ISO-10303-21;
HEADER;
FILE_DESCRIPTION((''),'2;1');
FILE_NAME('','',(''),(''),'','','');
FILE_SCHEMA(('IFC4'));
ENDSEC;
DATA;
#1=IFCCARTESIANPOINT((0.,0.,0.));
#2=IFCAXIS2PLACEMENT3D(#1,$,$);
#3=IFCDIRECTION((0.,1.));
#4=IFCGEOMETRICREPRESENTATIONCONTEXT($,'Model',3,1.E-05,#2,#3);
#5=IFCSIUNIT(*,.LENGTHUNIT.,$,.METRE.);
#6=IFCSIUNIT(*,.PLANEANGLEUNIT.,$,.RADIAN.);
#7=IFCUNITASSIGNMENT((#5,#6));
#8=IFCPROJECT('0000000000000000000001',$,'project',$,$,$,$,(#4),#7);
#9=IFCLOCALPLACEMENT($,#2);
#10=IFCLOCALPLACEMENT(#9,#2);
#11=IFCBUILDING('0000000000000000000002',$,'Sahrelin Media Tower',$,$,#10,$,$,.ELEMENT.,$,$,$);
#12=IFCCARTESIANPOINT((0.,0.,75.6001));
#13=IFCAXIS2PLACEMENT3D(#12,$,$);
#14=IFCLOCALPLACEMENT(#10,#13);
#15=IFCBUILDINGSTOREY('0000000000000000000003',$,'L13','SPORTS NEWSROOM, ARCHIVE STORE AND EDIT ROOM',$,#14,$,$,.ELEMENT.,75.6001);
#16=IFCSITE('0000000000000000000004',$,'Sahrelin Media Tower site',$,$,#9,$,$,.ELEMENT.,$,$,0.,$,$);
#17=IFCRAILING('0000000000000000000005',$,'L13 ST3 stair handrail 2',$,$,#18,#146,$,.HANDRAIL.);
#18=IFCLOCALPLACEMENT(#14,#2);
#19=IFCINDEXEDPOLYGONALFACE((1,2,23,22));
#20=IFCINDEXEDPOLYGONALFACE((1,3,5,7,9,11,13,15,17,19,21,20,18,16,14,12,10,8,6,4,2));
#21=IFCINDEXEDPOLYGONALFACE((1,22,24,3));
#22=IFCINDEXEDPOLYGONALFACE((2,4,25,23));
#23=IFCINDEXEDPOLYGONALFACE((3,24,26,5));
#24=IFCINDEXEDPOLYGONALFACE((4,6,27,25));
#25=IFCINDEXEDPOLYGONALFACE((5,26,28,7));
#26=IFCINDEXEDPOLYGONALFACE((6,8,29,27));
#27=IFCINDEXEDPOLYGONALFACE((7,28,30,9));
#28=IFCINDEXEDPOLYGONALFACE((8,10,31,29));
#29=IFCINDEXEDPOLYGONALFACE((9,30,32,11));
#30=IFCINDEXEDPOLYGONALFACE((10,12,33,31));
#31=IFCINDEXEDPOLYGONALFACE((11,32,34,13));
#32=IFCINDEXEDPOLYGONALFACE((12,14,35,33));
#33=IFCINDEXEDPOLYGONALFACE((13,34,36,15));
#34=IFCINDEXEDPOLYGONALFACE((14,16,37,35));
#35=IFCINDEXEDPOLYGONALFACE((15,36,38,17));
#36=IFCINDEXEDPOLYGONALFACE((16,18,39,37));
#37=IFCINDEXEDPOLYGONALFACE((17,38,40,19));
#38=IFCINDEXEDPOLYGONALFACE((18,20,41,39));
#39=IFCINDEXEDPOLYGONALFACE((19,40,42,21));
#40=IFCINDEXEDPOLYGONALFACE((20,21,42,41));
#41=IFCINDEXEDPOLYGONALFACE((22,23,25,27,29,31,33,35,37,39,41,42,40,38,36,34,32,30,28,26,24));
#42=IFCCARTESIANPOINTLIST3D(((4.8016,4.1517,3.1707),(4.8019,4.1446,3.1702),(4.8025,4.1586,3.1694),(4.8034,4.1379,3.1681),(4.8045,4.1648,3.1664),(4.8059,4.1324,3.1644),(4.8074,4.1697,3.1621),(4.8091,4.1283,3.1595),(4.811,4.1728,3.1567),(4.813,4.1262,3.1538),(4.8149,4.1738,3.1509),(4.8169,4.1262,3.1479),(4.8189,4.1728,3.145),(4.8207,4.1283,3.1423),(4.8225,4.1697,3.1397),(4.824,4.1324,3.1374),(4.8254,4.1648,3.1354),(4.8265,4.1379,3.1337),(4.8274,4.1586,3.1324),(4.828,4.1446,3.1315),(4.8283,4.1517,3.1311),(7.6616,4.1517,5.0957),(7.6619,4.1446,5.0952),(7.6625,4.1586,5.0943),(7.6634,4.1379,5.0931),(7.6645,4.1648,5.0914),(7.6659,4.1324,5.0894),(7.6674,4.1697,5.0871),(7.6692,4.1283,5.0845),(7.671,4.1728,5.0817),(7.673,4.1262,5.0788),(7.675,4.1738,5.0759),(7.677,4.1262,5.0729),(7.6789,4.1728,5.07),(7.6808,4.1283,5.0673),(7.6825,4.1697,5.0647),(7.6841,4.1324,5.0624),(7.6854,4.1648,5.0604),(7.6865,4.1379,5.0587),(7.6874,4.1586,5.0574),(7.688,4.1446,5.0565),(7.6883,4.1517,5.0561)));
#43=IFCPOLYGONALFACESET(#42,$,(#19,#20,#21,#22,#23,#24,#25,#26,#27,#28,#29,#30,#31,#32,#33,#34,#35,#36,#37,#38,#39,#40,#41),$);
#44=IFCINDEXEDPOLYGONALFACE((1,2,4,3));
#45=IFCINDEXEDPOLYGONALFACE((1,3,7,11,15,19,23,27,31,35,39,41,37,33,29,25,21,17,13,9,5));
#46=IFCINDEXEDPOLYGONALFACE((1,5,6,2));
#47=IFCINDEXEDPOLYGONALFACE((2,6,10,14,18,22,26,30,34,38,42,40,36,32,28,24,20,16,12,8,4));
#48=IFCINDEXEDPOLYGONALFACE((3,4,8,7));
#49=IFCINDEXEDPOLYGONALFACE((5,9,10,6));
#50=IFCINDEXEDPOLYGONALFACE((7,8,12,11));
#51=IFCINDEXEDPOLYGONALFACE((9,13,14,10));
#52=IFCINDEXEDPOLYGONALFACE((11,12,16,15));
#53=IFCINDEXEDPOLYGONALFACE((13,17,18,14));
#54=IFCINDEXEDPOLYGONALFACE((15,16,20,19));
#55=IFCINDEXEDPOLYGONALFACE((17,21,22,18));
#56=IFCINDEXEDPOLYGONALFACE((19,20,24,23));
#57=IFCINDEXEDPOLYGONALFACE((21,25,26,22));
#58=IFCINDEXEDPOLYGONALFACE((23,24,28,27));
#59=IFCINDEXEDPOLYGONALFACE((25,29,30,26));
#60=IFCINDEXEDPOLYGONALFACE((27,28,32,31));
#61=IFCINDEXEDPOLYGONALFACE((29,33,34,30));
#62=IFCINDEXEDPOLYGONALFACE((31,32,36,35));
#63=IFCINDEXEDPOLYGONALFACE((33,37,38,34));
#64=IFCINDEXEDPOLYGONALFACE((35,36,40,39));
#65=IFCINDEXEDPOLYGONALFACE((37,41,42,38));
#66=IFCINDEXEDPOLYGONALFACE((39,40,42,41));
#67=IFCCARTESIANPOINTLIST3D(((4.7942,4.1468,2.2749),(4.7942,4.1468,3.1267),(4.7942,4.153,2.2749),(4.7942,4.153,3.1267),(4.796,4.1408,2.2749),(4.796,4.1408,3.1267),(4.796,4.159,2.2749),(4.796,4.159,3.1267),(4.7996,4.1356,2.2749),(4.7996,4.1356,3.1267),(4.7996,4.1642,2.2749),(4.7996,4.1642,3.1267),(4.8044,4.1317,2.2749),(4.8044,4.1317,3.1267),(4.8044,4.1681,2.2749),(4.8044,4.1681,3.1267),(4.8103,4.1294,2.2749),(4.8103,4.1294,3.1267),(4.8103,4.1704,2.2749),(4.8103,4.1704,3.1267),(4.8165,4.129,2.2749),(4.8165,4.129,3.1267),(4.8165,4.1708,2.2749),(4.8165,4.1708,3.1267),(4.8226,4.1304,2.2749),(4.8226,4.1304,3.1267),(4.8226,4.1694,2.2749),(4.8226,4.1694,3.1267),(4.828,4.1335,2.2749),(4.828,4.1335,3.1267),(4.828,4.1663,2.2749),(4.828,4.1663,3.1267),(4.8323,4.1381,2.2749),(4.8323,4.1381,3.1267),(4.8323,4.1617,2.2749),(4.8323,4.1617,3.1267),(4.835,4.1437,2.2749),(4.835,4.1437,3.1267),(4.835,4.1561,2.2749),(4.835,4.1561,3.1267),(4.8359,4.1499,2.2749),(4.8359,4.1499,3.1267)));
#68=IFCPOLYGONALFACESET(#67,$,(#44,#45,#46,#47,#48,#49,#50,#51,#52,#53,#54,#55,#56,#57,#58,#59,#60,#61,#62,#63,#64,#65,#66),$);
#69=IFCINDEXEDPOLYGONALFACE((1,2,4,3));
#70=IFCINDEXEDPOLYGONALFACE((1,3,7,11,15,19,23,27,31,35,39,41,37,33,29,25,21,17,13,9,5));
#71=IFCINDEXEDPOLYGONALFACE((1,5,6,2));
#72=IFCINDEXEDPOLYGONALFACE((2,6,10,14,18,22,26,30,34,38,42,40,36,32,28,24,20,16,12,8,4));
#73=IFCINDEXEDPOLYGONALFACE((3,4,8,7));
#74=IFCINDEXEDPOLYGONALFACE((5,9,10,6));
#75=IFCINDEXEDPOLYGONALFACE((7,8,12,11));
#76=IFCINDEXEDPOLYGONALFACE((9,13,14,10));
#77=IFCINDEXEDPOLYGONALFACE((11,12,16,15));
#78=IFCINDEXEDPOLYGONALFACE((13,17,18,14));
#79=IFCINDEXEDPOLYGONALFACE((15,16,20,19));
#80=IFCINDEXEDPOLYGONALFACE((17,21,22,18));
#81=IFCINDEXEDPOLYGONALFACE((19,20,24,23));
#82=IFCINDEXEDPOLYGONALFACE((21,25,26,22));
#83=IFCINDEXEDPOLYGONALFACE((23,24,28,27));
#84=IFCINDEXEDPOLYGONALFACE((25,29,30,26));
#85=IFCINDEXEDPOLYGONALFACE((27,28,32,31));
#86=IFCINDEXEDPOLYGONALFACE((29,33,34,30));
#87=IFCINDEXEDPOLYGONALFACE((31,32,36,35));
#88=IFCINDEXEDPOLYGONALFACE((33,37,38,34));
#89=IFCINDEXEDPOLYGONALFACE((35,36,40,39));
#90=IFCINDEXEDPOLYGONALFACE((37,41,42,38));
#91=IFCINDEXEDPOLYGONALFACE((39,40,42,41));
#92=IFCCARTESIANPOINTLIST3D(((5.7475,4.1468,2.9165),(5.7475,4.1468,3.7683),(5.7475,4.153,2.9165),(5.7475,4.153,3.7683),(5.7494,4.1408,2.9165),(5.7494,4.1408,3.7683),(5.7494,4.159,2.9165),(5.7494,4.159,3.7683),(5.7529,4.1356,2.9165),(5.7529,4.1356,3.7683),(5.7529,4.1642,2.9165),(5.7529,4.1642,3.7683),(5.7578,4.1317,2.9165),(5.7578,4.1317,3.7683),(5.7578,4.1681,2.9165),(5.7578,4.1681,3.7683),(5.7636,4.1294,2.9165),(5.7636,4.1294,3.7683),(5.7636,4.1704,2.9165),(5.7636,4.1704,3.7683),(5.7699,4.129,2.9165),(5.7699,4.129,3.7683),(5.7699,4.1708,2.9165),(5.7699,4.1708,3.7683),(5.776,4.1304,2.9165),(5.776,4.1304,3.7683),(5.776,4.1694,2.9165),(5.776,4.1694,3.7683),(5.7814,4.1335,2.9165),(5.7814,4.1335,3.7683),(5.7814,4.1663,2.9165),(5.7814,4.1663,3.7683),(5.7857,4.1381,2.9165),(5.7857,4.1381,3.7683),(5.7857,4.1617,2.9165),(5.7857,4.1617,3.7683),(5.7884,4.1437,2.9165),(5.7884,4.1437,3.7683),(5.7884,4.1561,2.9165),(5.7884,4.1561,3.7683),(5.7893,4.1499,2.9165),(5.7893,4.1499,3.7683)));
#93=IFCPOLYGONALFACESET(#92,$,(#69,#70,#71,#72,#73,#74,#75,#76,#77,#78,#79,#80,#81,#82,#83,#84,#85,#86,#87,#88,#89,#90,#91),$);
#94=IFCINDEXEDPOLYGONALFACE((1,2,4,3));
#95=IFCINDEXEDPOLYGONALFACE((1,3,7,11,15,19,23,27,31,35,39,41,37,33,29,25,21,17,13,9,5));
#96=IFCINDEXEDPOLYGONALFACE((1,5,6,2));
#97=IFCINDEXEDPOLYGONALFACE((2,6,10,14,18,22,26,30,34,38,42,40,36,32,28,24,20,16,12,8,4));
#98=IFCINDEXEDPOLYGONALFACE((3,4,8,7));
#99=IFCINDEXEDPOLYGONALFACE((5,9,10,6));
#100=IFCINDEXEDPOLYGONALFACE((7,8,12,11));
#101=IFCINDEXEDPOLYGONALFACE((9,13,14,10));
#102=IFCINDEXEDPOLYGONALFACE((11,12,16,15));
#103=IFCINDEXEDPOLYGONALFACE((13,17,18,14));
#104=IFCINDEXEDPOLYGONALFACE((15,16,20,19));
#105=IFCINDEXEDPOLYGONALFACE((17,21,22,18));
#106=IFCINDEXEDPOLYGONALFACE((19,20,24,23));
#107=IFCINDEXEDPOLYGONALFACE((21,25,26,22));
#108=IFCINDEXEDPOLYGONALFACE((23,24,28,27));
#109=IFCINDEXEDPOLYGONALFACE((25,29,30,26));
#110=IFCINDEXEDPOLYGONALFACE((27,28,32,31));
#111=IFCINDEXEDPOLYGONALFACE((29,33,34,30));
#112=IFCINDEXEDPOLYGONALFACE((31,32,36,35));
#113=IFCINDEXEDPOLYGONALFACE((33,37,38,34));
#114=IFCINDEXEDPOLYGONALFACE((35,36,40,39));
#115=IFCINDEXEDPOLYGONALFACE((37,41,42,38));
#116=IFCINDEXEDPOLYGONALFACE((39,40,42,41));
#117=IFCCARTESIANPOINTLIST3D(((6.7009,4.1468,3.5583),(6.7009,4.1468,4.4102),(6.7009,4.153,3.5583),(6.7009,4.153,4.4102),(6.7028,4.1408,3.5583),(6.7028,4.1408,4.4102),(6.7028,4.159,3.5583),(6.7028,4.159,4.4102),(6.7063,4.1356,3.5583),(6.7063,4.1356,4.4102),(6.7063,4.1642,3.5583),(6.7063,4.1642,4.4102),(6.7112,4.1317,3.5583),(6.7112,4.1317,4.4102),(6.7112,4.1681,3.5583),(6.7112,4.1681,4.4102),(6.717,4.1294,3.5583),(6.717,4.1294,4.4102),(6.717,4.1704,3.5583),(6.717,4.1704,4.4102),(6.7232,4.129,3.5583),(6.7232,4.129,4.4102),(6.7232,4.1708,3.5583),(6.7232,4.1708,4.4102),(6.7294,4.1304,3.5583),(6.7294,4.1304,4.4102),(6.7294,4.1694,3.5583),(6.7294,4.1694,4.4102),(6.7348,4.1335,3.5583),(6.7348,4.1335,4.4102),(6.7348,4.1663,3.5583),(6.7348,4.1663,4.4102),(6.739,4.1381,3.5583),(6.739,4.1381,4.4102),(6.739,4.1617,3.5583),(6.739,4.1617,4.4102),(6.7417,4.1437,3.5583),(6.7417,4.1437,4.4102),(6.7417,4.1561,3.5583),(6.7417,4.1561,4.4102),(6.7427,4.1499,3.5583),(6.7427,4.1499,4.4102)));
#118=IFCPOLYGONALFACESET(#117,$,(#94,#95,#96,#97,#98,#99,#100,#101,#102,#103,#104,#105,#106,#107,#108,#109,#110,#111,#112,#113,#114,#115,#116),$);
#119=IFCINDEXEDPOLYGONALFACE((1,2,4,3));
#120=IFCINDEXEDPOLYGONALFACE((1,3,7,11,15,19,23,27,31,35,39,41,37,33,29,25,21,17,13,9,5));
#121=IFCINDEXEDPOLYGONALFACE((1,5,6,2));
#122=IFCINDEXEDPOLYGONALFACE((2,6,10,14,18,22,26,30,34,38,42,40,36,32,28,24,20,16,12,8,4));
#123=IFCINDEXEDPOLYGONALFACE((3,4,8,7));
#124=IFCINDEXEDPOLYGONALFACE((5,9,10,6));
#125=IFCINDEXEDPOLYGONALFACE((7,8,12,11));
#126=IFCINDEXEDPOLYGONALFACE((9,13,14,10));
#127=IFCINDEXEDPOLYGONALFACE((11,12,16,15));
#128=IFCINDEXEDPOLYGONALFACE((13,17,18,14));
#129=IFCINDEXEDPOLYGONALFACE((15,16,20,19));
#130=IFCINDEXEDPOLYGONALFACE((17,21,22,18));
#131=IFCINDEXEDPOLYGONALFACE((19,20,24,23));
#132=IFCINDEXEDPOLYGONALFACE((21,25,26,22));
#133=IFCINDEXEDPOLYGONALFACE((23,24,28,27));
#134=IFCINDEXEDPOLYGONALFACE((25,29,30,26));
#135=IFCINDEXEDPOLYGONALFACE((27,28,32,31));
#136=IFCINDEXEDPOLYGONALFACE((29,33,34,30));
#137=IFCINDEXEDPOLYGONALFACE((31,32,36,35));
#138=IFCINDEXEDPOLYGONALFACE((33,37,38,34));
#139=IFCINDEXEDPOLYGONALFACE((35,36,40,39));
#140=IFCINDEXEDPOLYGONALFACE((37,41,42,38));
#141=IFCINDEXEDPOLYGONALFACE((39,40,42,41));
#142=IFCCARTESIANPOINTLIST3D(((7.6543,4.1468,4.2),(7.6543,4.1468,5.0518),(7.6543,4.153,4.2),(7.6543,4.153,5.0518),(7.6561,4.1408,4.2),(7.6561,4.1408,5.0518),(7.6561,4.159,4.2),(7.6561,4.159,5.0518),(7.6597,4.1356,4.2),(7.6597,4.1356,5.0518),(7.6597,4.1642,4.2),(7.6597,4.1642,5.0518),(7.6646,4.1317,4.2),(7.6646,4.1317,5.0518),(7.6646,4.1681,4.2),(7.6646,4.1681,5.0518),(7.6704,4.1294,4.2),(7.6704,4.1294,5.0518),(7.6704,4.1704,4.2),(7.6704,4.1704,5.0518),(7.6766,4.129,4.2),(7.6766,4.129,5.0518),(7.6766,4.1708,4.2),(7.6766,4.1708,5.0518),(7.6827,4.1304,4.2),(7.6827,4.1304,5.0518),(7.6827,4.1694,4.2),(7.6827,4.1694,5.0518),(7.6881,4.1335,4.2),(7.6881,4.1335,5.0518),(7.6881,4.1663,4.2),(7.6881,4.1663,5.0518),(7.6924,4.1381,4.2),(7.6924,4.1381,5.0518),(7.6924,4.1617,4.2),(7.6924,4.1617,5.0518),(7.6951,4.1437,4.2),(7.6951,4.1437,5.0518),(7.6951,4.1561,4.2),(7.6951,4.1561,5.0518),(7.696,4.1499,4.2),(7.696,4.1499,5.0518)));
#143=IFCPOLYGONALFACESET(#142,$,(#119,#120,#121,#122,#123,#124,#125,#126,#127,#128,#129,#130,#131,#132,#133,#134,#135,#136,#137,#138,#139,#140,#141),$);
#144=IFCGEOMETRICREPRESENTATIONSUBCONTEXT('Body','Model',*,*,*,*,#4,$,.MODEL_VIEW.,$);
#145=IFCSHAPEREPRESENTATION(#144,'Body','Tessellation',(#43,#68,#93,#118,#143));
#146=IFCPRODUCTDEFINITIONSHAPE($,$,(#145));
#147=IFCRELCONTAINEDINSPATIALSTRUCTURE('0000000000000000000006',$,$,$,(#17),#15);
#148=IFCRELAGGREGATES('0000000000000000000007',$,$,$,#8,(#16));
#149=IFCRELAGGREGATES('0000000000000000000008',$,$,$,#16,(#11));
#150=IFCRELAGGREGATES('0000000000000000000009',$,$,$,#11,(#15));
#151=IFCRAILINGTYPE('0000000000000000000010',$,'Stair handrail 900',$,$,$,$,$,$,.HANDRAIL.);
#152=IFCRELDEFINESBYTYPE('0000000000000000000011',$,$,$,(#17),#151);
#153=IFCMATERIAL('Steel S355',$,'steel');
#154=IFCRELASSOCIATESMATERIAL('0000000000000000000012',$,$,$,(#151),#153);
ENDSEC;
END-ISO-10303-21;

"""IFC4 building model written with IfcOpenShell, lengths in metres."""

from ifc_helpers import new_model, si_unit, direction, frame, origin, origin_2d, place, context, subcontext, project, spatial, circle, extrude, material, type_object, element, save


model = new_model("IFC4")

# Units and contexts
model_context = context("Model", 3, precision=1e-05, world=origin(), true_north=direction((0.0, 1.0)))
body_context = subcontext(model_context, "Body", "Model", "MODEL_VIEW")
ifc_project = project(units=[si_unit("LENGTHUNIT", "METRE"), si_unit("PLANEANGLEUNIT", "RADIAN")], contexts=[model_context])

# Site, building, storey
site_placement = place(None, origin())
site = spatial("IfcSite", under=ifc_project, at=site_placement, Name="Sahrelin Media Tower site", CompositionType="ELEMENT", RefElevation=0.0)
building_placement = place(site_placement, origin())
building = spatial("IfcBuilding", under=site, at=building_placement, Name="Sahrelin Media Tower", CompositionType="ELEMENT")
storey_placement = place(building_placement, frame((0.0, 0.0, 75.6001)))
storey = spatial("IfcBuildingStorey", under=building, at=storey_placement, Name="L13", Description="SPORTS NEWSROOM, ARCHIVE STORE AND EDIT ROOM", CompositionType="ELEMENT", Elevation=75.6001)

# Railing
ifc_material_1 = material(Name="Steel S355", Category="steel")
railing_type_1 = type_object("IfcRailingType", Name="Stair handrail 900", PredefinedType="HANDRAIL", material=ifc_material_1)
railing_1_placement = place(storey_placement, frame((4.8149, 4.1499, 2.2749)))
element("IfcRailing", 1, at=railing_1_placement, inside=storey, type_object=railing_type_1, Name="L13 ST3 stair handrail 2", PredefinedType="HANDRAIL", context=body_context, shape_type="SweptSolid", body=[
    extrude(circle(Radius=0.0239, at=origin_2d()), frame((0.0, 0.0, 0.876), z_axis=(0.829591, 0.0, 0.558372), x_axis=(0.0, 1.0, 0.0)), (0.0, 0.0, 1.0), 3.4475),
    extrude(circle(Radius=0.021, at=origin_2d()), origin(), (0.0, 0.0, 1.0), 0.8518),
    extrude(circle(Radius=0.021, at=origin_2d()), frame((0.9534, 0.0, 0.6416)), (0.0, 0.0, 1.0), 0.8518),
    extrude(circle(Radius=0.021, at=origin_2d()), frame((1.9067, 0.0, 1.2834)), (0.0, 0.0, 1.0), 0.8518),
    extrude(circle(Radius=0.021, at=origin_2d()), frame((2.8601, 0.0, 1.925)), (0.0, 0.0, 1.0), 0.8518),
])

save(model, "model.ifc")
